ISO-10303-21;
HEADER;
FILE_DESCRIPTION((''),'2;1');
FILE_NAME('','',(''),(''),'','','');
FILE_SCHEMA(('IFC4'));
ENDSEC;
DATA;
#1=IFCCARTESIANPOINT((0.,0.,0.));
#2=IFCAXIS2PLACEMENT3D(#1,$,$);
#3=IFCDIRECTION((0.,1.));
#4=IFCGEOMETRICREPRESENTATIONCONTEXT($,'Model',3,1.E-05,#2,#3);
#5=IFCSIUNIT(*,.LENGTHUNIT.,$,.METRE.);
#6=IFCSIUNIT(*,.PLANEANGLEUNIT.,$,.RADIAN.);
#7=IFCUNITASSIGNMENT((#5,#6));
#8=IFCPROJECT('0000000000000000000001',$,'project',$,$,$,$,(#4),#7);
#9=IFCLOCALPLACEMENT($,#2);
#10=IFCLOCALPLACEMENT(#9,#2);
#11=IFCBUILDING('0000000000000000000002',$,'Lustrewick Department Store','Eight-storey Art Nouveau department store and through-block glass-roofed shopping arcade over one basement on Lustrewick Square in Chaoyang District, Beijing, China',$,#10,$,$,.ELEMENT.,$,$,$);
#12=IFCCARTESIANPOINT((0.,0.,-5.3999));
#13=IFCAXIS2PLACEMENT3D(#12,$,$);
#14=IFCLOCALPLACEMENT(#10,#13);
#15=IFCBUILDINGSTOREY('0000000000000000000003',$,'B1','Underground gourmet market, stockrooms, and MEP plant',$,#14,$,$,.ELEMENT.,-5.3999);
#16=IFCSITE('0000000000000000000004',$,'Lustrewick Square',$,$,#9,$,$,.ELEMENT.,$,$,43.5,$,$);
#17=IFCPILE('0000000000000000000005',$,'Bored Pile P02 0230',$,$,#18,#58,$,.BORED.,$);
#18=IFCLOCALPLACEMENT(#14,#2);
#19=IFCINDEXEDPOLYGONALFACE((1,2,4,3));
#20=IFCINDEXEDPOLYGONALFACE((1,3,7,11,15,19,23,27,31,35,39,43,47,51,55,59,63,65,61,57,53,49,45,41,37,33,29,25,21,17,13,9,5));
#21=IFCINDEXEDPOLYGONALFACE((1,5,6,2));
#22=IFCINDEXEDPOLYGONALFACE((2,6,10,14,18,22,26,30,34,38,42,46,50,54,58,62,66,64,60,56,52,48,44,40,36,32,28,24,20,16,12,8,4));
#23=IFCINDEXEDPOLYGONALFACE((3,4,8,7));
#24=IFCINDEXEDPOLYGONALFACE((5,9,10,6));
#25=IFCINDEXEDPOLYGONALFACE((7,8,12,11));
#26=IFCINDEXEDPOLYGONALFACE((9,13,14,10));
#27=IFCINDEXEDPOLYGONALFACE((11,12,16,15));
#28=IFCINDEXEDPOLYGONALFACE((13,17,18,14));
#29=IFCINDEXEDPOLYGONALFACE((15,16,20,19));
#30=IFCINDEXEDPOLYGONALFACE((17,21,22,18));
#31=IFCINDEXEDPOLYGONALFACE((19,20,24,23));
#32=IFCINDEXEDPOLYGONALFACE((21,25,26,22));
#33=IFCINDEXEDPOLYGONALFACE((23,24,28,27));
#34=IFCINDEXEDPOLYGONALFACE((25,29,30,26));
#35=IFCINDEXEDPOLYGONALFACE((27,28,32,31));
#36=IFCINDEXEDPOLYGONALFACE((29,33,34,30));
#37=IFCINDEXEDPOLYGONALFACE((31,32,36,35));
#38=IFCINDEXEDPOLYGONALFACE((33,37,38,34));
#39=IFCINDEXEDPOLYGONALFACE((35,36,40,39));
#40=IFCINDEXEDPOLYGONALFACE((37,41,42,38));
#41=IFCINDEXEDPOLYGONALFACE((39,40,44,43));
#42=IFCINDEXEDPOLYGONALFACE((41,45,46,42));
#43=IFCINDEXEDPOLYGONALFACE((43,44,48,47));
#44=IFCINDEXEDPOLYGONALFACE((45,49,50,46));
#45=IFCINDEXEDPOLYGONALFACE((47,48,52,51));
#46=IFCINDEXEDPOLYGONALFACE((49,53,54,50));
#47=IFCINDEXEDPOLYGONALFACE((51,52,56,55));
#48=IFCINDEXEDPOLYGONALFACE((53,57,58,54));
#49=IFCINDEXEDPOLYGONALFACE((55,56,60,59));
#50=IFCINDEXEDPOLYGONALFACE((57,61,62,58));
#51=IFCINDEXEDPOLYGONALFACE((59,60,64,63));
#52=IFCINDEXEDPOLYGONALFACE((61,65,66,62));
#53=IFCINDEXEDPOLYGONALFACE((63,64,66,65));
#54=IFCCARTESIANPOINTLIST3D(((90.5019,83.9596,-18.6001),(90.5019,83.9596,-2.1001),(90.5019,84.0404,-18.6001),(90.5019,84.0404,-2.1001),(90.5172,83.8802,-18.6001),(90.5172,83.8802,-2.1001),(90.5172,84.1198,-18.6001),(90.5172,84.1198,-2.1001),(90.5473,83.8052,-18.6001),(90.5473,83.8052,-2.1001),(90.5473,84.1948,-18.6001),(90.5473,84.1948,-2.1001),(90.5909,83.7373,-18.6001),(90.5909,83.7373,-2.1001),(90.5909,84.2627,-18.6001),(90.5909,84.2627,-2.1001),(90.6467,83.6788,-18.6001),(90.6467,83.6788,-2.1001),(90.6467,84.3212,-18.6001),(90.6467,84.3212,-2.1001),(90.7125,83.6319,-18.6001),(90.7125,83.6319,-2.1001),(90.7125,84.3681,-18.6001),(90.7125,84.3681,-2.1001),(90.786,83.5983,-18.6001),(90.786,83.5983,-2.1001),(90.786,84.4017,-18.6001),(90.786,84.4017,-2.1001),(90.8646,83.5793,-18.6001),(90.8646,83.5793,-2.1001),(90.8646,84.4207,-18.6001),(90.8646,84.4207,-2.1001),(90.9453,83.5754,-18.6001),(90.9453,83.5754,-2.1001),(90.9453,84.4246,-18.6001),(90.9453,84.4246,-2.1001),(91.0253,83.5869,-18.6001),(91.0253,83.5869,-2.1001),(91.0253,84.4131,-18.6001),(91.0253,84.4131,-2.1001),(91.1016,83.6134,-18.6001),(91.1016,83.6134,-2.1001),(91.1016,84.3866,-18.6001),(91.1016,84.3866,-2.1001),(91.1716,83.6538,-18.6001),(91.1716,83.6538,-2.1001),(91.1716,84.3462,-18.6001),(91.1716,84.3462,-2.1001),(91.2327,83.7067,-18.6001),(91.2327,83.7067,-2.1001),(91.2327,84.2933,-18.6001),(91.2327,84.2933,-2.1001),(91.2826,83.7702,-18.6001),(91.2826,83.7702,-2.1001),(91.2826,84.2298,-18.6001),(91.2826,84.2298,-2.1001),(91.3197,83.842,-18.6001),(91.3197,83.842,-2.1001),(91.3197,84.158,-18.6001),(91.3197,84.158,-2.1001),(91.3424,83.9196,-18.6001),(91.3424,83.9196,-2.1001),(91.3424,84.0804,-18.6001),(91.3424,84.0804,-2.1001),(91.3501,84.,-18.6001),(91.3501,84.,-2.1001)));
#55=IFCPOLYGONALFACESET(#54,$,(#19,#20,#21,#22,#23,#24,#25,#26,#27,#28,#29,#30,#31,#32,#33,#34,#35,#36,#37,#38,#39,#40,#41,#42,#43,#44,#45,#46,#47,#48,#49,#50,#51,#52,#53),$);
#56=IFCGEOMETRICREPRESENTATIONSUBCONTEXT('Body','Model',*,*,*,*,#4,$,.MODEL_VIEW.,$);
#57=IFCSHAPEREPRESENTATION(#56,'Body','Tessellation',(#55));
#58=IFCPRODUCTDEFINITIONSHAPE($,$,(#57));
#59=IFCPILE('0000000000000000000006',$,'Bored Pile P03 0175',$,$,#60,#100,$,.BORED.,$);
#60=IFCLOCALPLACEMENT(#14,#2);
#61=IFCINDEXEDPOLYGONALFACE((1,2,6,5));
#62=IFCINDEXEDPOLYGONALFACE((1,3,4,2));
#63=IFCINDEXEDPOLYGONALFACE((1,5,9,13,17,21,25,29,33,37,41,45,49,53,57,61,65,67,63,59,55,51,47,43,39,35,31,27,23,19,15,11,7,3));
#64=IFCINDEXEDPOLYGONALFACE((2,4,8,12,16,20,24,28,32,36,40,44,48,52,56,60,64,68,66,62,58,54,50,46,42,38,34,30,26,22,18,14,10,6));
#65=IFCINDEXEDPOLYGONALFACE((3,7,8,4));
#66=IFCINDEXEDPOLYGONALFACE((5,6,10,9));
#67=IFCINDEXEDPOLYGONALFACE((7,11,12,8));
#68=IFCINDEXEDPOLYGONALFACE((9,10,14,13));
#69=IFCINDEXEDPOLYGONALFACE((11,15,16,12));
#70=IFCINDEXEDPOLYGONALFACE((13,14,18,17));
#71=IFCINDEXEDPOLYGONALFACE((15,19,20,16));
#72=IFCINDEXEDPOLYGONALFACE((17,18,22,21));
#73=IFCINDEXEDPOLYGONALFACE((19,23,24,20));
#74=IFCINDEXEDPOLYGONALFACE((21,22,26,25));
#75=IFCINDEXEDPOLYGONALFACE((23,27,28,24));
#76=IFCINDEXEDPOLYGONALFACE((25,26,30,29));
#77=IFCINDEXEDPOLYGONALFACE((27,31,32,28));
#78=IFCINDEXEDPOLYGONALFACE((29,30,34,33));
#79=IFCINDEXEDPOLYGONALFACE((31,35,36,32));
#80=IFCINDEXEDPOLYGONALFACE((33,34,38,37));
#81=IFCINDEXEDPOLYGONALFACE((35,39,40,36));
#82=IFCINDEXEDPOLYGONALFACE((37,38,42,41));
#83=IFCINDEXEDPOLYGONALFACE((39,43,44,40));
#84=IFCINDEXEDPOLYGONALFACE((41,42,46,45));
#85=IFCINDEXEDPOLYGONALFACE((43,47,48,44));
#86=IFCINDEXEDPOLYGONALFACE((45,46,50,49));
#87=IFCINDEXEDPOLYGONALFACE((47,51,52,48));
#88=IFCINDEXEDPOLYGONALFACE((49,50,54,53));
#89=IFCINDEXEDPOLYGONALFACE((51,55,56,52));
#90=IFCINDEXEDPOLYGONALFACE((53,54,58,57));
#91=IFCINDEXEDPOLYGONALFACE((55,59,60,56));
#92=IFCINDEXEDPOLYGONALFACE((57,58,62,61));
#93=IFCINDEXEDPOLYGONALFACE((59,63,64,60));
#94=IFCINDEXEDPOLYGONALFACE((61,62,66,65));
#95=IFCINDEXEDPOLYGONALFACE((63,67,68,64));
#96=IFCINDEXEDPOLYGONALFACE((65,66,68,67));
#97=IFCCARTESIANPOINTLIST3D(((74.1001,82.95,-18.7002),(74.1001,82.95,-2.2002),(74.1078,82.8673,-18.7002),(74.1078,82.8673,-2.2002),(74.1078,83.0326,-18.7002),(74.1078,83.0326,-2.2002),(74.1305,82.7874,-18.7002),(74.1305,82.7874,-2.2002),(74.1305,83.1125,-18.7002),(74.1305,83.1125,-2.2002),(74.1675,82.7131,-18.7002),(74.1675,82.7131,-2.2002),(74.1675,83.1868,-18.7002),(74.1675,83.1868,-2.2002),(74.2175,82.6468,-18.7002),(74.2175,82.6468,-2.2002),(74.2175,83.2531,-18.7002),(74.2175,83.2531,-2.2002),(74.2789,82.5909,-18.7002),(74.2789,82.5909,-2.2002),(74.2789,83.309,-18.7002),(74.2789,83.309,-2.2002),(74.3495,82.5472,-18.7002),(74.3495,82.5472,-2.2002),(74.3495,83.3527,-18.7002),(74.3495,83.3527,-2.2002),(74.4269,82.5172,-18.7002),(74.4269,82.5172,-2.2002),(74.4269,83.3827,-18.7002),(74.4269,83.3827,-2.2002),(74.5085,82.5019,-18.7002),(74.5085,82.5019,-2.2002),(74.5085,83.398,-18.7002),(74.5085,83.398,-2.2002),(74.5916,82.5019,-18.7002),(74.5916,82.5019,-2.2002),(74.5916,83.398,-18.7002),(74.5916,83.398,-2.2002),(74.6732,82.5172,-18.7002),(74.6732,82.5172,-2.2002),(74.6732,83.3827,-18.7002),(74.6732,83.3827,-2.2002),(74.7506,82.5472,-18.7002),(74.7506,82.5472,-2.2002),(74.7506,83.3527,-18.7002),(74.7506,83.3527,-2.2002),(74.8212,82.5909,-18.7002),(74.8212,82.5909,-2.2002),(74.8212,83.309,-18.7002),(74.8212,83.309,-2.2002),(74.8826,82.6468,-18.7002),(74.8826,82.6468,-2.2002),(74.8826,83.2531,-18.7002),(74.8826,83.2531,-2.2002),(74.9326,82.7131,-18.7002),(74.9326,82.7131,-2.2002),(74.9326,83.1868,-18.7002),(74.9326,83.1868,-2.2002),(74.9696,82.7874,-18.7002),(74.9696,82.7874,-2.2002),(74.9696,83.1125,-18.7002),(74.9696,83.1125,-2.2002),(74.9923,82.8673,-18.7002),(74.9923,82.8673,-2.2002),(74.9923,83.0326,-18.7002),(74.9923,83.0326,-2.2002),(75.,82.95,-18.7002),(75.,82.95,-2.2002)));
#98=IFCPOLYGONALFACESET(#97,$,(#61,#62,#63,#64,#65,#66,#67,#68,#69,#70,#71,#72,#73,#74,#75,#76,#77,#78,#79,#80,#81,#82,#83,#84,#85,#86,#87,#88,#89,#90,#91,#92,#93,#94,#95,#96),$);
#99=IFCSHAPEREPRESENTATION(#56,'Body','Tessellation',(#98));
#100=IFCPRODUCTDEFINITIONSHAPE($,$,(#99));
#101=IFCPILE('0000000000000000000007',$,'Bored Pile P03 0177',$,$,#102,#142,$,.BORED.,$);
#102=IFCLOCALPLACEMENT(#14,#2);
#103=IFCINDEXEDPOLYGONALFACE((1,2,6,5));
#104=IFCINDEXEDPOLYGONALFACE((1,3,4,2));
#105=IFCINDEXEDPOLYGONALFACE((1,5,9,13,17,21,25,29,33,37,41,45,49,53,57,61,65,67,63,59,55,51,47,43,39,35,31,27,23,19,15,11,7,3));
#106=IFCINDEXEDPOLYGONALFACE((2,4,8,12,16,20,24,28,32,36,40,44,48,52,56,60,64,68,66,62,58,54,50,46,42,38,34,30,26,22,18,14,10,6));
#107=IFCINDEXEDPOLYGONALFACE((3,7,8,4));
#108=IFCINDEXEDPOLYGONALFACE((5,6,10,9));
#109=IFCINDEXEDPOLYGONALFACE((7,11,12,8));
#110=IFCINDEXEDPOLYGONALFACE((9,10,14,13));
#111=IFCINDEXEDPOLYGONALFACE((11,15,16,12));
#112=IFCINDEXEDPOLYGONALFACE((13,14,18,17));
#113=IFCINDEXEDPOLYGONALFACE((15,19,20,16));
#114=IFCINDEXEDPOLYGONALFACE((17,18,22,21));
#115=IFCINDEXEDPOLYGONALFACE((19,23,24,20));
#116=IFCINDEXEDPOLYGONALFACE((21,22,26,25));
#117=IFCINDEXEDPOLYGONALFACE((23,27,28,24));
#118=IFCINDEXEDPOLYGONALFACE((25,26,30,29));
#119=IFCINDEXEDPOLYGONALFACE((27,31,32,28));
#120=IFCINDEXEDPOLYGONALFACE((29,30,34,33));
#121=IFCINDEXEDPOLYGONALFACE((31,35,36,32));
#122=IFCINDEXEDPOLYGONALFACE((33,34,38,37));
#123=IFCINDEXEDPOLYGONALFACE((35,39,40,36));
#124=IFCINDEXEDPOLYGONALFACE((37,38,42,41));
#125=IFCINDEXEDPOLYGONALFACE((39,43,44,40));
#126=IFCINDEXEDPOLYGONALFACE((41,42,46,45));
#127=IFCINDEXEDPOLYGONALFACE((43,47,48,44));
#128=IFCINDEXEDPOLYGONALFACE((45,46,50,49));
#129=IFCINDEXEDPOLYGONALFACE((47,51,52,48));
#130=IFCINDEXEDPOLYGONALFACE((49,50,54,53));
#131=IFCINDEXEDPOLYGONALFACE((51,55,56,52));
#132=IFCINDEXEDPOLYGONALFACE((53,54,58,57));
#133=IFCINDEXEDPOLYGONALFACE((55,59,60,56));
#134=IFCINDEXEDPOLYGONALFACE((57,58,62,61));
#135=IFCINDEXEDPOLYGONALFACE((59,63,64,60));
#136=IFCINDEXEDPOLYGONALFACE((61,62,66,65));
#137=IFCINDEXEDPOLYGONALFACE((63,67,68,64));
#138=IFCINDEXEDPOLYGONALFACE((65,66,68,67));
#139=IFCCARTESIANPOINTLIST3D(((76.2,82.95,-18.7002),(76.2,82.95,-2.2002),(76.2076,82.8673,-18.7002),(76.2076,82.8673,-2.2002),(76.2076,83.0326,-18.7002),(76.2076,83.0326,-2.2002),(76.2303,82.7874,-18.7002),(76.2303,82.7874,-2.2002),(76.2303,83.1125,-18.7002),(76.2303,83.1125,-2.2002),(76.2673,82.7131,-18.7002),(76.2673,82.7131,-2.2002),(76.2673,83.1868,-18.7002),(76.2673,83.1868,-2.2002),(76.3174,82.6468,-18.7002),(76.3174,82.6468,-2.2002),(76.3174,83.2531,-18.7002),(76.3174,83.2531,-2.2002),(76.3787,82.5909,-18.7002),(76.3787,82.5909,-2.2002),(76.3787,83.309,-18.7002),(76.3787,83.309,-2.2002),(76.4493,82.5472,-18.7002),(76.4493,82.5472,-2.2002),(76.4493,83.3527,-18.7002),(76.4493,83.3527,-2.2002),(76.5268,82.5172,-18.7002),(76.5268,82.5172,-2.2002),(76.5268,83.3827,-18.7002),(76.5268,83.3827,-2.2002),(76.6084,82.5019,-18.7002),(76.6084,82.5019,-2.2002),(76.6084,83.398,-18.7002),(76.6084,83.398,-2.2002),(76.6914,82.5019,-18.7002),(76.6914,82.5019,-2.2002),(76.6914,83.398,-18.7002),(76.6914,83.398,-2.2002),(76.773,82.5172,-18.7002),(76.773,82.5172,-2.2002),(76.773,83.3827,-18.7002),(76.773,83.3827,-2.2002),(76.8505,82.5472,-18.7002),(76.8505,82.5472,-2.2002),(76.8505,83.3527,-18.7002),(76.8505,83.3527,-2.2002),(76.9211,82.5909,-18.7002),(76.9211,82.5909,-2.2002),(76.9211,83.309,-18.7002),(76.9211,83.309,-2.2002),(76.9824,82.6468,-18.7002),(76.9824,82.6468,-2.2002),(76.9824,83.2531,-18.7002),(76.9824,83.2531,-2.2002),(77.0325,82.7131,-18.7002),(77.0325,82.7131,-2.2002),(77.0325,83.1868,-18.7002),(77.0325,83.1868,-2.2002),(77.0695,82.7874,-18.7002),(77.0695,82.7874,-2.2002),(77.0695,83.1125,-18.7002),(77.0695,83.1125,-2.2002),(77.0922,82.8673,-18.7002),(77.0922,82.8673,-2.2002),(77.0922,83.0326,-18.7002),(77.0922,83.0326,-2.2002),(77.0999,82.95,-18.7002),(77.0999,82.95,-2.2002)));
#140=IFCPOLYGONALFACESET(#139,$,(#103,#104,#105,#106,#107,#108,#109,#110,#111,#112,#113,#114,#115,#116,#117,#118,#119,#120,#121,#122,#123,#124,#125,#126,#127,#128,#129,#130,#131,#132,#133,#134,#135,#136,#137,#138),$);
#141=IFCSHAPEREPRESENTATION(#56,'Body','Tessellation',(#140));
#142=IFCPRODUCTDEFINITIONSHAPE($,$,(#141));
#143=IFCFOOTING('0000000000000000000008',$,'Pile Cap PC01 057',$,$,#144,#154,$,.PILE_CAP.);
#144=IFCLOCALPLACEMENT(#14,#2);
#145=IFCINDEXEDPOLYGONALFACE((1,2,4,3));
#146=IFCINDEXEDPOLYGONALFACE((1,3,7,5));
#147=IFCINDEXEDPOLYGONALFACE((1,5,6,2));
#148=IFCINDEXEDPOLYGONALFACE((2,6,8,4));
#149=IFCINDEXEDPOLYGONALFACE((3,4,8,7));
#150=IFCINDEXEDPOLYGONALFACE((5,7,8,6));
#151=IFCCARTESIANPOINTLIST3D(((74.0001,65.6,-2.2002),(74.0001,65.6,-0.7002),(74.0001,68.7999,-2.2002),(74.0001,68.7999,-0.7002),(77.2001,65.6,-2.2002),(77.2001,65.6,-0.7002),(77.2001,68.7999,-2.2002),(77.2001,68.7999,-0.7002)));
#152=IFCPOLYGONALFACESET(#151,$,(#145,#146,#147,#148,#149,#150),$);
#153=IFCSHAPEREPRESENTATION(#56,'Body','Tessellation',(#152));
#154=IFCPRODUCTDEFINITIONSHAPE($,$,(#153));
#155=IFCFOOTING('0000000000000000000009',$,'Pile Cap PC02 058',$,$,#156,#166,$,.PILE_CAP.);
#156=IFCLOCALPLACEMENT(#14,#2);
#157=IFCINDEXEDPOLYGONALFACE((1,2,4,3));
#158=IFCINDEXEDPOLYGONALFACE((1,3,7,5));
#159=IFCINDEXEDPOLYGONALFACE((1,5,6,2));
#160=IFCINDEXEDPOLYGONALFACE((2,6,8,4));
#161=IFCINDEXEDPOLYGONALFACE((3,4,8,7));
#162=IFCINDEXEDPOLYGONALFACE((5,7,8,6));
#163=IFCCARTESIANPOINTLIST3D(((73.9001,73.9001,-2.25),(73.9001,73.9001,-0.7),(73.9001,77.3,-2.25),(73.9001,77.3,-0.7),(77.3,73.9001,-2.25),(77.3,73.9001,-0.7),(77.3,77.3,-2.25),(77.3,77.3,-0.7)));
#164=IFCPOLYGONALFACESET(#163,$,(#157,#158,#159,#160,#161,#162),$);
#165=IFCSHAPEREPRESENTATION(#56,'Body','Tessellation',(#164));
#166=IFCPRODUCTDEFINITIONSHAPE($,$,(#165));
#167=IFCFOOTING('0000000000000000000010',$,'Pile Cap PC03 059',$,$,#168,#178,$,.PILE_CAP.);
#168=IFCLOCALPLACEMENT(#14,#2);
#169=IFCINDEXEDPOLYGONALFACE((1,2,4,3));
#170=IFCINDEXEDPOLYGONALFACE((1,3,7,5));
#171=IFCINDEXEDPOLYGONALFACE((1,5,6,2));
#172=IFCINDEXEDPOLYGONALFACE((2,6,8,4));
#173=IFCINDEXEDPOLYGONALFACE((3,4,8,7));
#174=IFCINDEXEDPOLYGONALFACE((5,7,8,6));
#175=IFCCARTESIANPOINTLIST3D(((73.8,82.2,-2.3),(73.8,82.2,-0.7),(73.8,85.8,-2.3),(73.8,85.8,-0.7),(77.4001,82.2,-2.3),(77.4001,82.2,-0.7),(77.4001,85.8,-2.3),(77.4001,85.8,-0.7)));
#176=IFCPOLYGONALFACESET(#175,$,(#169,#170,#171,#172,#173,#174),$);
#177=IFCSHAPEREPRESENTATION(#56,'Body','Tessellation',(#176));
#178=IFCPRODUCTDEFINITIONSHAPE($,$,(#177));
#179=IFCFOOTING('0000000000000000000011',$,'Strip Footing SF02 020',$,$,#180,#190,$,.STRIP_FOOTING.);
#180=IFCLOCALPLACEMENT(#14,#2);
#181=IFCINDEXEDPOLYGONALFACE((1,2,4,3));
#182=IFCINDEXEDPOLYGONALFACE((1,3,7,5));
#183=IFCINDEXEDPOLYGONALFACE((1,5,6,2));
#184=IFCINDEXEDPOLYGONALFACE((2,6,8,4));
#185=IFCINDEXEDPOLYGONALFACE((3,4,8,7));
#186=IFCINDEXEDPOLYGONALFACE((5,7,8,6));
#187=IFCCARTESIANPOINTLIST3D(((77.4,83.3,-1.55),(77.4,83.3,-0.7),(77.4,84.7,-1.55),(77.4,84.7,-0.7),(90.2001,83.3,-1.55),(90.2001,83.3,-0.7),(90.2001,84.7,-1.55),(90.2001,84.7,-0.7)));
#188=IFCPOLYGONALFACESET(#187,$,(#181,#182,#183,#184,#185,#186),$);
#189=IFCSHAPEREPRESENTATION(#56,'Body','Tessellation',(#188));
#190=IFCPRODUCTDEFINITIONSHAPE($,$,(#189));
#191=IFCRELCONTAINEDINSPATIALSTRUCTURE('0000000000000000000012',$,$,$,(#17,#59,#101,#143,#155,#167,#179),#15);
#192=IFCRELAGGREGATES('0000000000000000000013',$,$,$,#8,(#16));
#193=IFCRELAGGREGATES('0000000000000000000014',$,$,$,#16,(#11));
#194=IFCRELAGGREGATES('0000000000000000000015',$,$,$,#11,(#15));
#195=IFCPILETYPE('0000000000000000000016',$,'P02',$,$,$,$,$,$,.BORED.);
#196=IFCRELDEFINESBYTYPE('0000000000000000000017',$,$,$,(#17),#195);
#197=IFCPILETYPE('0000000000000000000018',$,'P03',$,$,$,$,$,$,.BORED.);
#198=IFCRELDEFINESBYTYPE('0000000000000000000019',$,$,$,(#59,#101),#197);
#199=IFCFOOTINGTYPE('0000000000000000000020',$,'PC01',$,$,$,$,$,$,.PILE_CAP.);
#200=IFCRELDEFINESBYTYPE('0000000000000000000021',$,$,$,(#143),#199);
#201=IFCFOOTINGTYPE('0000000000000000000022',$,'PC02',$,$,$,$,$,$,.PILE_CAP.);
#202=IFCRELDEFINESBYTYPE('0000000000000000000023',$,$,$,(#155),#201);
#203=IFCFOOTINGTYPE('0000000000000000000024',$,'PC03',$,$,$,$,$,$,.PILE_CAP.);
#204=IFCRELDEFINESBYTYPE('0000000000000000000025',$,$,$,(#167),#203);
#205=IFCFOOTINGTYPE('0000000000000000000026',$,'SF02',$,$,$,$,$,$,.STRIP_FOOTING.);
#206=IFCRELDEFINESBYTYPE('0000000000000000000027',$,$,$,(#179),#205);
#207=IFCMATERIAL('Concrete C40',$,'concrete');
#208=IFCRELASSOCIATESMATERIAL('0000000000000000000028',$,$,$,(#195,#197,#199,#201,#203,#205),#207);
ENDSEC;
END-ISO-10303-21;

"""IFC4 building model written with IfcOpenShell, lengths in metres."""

from ifc_helpers import new_model, si_unit, direction, frame, origin, origin_2d, place, context, subcontext, project, spatial, rectangle, circle, extrude, material, material_profile, profile_set, type_object, element, save


model = new_model("IFC4")

# Units and contexts
model_context = context("Model", 3, precision=1e-05, world=origin(), true_north=direction((0.0, 1.0)))
body_context = subcontext(model_context, "Body", "Model", "MODEL_VIEW")
ifc_project = project(units=[si_unit("LENGTHUNIT", "METRE"), si_unit("PLANEANGLEUNIT", "RADIAN")], contexts=[model_context])

# Site, building, storey
site_placement = place(None, origin())
site = spatial("IfcSite", under=ifc_project, at=site_placement, Name="Lustrewick Square", CompositionType="ELEMENT", RefElevation=43.5)
building_placement = place(site_placement, origin())
building = spatial("IfcBuilding", under=site, at=building_placement, Name="Lustrewick Department Store", Description="Eight-storey Art Nouveau department store and through-block glass-roofed shopping arcade over one basement on Lustrewick Square in Chaoyang District, Beijing, China", CompositionType="ELEMENT")
storey_placement = place(building_placement, frame((0.0, 0.0, -5.3999)))
storey = spatial("IfcBuildingStorey", under=building, at=storey_placement, Name="B1", Description="Underground gourmet market, stockrooms, and MEP plant", CompositionType="ELEMENT", Elevation=-5.3999)

# Piles
ifc_material_1 = material(Name="Concrete C40", Category="concrete")
ifc_material_profile_1 = material_profile(ifc_material_1, circle(Radius=0.425, at=origin_2d()), Name="PILE D850")
ifc_profile_set_1 = profile_set([ifc_material_profile_1], Name="Concrete C40")
pile_type_1 = type_object("IfcPileType", Name="P02", PredefinedType="BORED", material=ifc_profile_set_1)
for number, where, z_axis, x_axis, name in (
    (1, (90.925, 84.0, -2.1001), (0.0, 0.0, -1.0), (1.0, 0.0, 0.0), "Bored Pile P02 0230"),
):
    element("IfcPile", number, at=place(storey_placement, frame(where, z_axis=z_axis, x_axis=x_axis)), inside=storey, type_object=pile_type_1, Name=name, PredefinedType="BORED", context=body_context, shape_type="SweptSolid", body=[
        extrude(circle(Radius=0.425, at=origin_2d()), origin(), (0.0, 0.0, 1.0), 16.5),
    ])
ifc_material_profile_2 = material_profile(ifc_material_1, circle(Radius=0.45, at=origin_2d()), Name="PILE D900")
ifc_profile_set_2 = profile_set([ifc_material_profile_2], Name="Concrete C40")
pile_type_2 = type_object("IfcPileType", Name="P03", PredefinedType="BORED", material=ifc_profile_set_2)
for number, where, z_axis, x_axis, name in (
    (2, (74.55, 82.95, -2.2002), (0.0, 0.0, -1.0), (1.0, 0.0, 0.0), "Bored Pile P03 0175"),
    (3, (76.6499, 82.95, -2.2002), (0.0, 0.0, -1.0), (1.0, 0.0, 0.0), "Bored Pile P03 0177"),
):
    element("IfcPile", number, at=place(storey_placement, frame(where, z_axis=z_axis, x_axis=x_axis)), inside=storey, type_object=pile_type_2, Name=name, PredefinedType="BORED", context=body_context, shape_type="SweptSolid", body=[
        extrude(circle(Radius=0.45, at=origin_2d()), origin(), (0.0, 0.0, 1.0), 16.5),
    ])

# Footings
footing_type_1 = type_object("IfcFootingType", Name="PC01", PredefinedType="PILE_CAP", material=ifc_material_1)
footing_1_placement = place(storey_placement, frame((75.6001, 67.2, -2.2002), z_axis=(0.0, 0.0, 1.0), x_axis=(1.0, 0.0, 0.0)))
element("IfcFooting", 4, at=footing_1_placement, inside=storey, type_object=footing_type_1, Name="Pile Cap PC01 057", PredefinedType="PILE_CAP", context=body_context, shape_type="SweptSolid", body=[
    extrude(rectangle(XDim=3.2, YDim=3.2, at=origin_2d()), origin(), (0.0, 0.0, 1.0), 1.5),
])
footing_type_2 = type_object("IfcFootingType", Name="PC02", PredefinedType="PILE_CAP", material=ifc_material_1)
footing_2_placement = place(storey_placement, frame((75.6001, 75.6001, -2.25), z_axis=(0.0, 0.0, 1.0), x_axis=(1.0, 0.0, 0.0)))
element("IfcFooting", 5, at=footing_2_placement, inside=storey, type_object=footing_type_2, Name="Pile Cap PC02 058", PredefinedType="PILE_CAP", context=body_context, shape_type="SweptSolid", body=[
    extrude(rectangle(XDim=3.3999, YDim=3.3999, at=origin_2d()), origin(), (0.0, 0.0, 1.0), 1.55),
])
footing_type_3 = type_object("IfcFootingType", Name="PC03", PredefinedType="PILE_CAP", material=ifc_material_1)
footing_3_placement = place(storey_placement, frame((75.6001, 84.0, -2.3), z_axis=(0.0, 0.0, 1.0), x_axis=(1.0, 0.0, 0.0)))
element("IfcFooting", 6, at=footing_3_placement, inside=storey, type_object=footing_type_3, Name="Pile Cap PC03 059", PredefinedType="PILE_CAP", context=body_context, shape_type="SweptSolid", body=[
    extrude(rectangle(XDim=3.6001, YDim=3.6001, at=origin_2d()), origin(), (0.0, 0.0, 1.0), 1.6001),
])
footing_type_4 = type_object("IfcFootingType", Name="SF02", PredefinedType="STRIP_FOOTING", material=ifc_material_1)
footing_4_placement = place(storey_placement, frame((83.8, 84.0, -1.55), z_axis=(0.0, 0.0, 1.0), x_axis=(1.0, 0.0, 0.0)))
element("IfcFooting", 7, at=footing_4_placement, inside=storey, type_object=footing_type_4, Name="Strip Footing SF02 020", PredefinedType="STRIP_FOOTING", context=body_context, shape_type="SweptSolid", body=[
    extrude(rectangle(XDim=12.8, YDim=1.3999, at=origin_2d()), origin(), (0.0, 0.0, 1.0), 0.8501),
])

save(model, "model.ifc")
